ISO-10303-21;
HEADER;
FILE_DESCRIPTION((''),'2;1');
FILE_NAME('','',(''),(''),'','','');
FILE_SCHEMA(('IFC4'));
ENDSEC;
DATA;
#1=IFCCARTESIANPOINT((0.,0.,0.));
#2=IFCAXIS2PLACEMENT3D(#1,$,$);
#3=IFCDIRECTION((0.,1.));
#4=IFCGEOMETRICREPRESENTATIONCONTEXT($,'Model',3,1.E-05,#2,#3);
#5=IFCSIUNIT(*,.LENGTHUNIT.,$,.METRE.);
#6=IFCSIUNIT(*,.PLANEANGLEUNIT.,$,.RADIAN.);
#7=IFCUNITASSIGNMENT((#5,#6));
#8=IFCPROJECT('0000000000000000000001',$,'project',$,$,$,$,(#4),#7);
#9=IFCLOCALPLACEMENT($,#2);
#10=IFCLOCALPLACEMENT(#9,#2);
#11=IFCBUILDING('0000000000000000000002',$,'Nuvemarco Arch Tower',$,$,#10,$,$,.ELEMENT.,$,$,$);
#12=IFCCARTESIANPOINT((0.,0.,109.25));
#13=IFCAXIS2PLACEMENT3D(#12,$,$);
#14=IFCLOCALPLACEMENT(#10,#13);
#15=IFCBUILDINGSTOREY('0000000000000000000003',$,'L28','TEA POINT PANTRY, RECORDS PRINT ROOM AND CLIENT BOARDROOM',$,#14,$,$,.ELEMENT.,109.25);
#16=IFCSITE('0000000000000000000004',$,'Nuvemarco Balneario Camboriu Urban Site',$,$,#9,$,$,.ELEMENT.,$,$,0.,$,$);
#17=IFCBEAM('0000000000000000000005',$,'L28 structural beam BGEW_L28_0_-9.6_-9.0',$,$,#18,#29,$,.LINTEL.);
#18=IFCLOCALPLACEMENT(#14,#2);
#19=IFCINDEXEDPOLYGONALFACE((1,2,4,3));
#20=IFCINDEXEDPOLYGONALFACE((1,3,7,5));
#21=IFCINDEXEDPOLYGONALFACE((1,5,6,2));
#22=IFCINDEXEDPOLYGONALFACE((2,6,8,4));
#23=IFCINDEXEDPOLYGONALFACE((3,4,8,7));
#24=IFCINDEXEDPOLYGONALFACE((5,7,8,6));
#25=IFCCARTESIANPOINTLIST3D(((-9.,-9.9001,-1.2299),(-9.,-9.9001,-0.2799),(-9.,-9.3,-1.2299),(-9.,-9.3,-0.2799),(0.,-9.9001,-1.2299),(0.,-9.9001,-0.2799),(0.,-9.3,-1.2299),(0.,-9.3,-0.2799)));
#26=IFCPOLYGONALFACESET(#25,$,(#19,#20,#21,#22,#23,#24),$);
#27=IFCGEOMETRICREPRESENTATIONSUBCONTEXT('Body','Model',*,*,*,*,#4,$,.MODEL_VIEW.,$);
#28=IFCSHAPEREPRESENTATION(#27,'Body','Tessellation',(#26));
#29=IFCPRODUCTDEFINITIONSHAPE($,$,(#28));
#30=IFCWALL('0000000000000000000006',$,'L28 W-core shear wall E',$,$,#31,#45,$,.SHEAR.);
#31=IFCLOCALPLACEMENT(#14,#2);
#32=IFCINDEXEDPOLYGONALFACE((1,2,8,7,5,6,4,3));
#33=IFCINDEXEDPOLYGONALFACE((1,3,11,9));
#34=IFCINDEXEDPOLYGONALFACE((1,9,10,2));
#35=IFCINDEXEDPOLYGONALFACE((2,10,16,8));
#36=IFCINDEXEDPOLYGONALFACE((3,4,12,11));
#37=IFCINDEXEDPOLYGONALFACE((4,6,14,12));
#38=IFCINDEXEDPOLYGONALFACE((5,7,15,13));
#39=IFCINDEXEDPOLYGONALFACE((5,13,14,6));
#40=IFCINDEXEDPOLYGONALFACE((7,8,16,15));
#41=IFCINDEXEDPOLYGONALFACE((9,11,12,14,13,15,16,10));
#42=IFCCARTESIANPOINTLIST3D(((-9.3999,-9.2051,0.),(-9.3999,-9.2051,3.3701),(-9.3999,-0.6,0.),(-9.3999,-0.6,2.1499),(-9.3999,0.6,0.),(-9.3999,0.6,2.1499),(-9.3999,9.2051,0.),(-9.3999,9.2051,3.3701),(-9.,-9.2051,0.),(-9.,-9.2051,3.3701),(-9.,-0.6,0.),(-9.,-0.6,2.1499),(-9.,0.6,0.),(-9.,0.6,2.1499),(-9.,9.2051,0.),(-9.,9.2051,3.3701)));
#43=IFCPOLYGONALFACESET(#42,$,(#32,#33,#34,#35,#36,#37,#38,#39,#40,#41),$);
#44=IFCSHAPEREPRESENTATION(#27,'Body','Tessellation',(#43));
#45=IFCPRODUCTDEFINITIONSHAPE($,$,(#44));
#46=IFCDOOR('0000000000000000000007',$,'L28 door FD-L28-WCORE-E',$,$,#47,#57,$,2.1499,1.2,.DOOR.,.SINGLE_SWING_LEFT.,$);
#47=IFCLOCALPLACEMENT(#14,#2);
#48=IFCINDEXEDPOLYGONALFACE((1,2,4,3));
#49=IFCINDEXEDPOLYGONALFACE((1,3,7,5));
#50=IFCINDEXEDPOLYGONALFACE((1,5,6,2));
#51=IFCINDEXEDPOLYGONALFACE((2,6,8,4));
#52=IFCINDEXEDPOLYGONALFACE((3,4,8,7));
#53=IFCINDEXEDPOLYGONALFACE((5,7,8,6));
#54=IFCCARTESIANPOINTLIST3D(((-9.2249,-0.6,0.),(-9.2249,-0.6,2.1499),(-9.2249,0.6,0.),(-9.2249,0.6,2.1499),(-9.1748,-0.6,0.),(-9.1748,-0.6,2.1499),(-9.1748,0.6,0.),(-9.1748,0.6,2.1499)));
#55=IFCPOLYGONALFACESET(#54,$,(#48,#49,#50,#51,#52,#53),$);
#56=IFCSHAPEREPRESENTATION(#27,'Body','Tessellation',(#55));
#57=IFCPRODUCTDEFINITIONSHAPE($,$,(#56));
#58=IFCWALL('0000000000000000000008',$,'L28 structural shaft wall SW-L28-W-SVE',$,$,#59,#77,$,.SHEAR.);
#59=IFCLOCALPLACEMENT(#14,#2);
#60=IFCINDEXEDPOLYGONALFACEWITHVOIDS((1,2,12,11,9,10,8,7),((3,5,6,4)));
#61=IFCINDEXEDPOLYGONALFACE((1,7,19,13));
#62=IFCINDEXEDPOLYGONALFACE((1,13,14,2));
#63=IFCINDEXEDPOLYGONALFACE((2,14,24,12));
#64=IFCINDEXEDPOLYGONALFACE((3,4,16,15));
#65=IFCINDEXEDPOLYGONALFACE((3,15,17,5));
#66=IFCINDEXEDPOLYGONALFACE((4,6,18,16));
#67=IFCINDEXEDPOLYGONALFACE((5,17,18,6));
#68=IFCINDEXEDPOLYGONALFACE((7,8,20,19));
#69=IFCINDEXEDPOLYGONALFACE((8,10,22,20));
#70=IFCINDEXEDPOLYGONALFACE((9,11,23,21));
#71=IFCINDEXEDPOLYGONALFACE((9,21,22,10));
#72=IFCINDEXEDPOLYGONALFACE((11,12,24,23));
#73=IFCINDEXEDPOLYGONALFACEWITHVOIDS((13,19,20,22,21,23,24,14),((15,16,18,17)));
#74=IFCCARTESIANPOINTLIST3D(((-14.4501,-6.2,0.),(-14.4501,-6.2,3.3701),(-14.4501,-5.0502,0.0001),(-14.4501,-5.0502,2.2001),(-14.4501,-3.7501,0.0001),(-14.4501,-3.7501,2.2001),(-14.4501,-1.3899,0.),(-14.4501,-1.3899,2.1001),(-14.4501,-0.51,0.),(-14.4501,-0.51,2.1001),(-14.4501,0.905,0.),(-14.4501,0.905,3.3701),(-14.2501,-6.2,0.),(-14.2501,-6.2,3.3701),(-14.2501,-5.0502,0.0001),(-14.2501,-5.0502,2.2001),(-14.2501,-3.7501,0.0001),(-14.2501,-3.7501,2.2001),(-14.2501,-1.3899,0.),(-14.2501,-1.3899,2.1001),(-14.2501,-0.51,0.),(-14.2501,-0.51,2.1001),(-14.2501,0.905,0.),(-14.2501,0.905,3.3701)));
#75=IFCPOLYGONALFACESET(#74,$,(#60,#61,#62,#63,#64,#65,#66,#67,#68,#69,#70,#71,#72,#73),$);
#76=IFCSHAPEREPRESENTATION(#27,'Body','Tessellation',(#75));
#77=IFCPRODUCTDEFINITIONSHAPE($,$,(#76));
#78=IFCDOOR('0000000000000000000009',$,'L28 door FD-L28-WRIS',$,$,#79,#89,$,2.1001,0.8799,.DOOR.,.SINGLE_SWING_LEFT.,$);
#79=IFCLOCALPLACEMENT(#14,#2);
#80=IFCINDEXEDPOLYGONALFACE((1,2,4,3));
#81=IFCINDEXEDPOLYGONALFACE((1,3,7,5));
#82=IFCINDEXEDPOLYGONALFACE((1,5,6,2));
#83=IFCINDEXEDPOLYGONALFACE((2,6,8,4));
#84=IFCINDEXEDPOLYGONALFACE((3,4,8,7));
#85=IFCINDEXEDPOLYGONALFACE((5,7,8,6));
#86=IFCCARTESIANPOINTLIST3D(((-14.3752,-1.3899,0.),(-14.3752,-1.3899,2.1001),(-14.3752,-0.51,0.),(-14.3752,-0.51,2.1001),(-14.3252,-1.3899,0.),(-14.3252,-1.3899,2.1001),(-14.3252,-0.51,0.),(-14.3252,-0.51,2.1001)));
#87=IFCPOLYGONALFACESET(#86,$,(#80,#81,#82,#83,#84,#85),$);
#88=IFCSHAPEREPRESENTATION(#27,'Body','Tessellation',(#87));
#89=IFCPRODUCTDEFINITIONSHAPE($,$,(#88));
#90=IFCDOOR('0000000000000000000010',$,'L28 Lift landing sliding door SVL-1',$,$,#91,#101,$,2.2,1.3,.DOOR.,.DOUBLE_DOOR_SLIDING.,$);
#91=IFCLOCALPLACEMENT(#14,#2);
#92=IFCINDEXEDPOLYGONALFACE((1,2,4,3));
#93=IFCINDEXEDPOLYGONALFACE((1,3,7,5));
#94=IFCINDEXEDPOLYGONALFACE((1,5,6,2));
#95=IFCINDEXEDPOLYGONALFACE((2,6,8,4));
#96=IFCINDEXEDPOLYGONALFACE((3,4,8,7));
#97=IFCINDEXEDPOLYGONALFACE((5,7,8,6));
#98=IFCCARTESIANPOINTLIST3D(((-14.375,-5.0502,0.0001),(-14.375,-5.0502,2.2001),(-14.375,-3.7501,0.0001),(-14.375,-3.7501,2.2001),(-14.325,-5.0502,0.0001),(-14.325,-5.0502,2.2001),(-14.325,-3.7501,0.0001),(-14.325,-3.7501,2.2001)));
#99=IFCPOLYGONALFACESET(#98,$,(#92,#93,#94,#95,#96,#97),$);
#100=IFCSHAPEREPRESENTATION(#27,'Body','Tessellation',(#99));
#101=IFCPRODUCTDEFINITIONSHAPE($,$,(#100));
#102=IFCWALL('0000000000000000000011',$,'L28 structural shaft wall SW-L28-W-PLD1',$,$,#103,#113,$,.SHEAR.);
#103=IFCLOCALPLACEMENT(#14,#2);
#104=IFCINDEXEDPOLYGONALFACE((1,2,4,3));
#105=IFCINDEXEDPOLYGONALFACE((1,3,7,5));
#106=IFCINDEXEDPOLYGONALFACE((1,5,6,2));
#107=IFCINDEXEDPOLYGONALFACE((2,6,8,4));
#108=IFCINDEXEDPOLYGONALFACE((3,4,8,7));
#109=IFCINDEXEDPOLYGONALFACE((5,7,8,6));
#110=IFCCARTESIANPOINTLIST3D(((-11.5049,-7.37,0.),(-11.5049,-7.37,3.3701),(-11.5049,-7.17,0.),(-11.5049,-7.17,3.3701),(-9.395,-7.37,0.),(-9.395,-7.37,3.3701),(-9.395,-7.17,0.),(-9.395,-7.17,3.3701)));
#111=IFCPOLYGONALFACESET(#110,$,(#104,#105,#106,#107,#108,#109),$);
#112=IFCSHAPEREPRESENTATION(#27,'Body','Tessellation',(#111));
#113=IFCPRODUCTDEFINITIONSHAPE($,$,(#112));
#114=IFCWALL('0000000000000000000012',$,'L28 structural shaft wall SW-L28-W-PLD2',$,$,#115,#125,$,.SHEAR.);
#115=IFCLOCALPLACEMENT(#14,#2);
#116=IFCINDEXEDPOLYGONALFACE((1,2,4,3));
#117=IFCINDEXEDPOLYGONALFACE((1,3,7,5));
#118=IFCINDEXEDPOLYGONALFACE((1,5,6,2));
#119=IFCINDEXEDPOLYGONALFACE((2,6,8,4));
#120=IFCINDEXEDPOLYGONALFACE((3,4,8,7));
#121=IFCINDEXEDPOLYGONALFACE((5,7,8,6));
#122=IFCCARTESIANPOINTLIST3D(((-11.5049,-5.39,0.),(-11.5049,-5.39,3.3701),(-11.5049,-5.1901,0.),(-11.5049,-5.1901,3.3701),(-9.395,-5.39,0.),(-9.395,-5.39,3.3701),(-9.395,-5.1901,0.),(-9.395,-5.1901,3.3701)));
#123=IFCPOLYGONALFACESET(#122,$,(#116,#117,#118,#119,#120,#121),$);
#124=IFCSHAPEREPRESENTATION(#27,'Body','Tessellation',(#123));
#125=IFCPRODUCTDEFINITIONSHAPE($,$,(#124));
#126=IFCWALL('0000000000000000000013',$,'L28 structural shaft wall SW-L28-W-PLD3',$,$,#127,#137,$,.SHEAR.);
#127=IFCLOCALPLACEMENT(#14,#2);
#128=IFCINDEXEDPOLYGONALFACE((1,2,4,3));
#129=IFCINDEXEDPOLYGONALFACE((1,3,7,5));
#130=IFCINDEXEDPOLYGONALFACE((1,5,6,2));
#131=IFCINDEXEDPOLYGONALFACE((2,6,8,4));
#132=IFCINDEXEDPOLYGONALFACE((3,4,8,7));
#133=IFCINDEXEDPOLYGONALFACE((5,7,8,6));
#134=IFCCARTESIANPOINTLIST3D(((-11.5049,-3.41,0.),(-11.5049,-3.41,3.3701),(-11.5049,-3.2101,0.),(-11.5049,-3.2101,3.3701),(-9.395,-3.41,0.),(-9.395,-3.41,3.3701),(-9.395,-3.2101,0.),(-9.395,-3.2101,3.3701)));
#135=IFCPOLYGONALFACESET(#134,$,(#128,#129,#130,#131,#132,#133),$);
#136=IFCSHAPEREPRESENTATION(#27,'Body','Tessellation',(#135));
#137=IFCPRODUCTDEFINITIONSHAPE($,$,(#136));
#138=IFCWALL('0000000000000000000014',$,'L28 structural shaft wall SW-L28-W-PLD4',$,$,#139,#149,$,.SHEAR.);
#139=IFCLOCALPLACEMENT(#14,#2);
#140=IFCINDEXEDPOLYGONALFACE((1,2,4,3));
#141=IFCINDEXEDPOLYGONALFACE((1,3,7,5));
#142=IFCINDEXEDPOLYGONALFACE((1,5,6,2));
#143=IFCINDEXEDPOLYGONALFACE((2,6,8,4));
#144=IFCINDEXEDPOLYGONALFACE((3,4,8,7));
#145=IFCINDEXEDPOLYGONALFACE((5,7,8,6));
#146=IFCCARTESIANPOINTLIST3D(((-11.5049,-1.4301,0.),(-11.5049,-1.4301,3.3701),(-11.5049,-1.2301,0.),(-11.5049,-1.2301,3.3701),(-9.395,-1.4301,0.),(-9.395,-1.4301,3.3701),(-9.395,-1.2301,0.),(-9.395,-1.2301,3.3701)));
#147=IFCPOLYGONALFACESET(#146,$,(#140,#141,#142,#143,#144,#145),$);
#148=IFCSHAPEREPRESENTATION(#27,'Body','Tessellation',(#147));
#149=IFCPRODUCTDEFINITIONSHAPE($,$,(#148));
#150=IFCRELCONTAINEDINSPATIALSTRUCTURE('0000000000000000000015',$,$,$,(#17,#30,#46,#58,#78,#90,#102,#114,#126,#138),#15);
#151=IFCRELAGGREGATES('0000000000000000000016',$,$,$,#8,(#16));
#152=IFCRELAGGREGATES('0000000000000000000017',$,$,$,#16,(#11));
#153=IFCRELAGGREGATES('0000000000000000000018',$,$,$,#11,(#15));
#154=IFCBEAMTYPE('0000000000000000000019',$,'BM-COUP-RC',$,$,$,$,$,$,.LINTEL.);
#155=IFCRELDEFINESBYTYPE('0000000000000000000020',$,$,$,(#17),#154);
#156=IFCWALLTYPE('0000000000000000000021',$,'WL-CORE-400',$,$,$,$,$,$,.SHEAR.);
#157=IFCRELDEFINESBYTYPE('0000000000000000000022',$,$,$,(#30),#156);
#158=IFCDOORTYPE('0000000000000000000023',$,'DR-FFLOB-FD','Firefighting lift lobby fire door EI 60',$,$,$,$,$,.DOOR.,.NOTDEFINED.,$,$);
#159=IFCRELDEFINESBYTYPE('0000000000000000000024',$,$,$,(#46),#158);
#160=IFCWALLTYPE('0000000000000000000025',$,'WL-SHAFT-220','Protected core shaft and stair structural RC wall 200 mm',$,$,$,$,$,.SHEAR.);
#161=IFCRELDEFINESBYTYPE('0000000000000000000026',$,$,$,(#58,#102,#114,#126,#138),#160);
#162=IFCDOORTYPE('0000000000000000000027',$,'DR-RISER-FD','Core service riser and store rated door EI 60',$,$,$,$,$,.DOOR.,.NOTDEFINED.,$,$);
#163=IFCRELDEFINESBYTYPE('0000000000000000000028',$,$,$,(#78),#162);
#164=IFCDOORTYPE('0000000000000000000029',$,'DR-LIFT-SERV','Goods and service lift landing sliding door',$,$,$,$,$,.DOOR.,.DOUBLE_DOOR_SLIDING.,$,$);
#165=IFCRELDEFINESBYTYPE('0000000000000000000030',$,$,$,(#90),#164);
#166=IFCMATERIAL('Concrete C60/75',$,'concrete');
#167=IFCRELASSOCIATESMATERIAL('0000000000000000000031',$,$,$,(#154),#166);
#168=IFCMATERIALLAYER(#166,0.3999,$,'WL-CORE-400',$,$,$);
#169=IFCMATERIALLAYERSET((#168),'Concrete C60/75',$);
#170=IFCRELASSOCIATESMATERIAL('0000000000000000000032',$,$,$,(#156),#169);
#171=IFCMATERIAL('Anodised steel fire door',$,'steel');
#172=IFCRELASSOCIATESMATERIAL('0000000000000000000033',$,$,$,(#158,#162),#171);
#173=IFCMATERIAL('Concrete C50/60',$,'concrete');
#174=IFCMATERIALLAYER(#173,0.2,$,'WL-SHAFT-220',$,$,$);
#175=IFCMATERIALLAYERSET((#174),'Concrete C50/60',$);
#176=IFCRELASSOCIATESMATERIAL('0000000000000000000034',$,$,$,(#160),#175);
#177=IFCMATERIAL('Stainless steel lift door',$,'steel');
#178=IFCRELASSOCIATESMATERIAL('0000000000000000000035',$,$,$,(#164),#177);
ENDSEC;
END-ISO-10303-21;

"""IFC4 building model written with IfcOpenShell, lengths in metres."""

from ifc_helpers import new_model, si_unit, direction, frame, frame_2d, origin, origin_2d, place, context, subcontext, project, spatial, rectangle, extrude, source, transform, mapped, material, layer, layer_set, material_profile, profile_set, type_object, type_shapes, element, fill, save


model = new_model("IFC4")

# Units and contexts
model_context = context("Model", 3, precision=1e-05, world=origin(), true_north=direction((0.0, 1.0)))
body_context = subcontext(model_context, "Body", "Model", "MODEL_VIEW")
ifc_project = project(units=[si_unit("LENGTHUNIT", "METRE"), si_unit("PLANEANGLEUNIT", "RADIAN")], contexts=[model_context])

# Site, building, storey
site_placement = place(None, origin())
site = spatial("IfcSite", under=ifc_project, at=site_placement, Name="Nuvemarco Balneario Camboriu Urban Site", CompositionType="ELEMENT", RefElevation=0.0)
building_placement = place(site_placement, origin())
building = spatial("IfcBuilding", under=site, at=building_placement, Name="Nuvemarco Arch Tower", CompositionType="ELEMENT")
storey_placement = place(building_placement, frame((0.0, 0.0, 109.25)))
storey = spatial("IfcBuildingStorey", under=building, at=storey_placement, Name="L28", Description="TEA POINT PANTRY, RECORDS PRINT ROOM AND CLIENT BOARDROOM", CompositionType="ELEMENT", Elevation=109.25)

# Beam
ifc_material_1 = material(Name="Concrete C60/75", Category="concrete")
ifc_material_profile = material_profile(ifc_material_1, rectangle(XDim=0.6001, YDim=0.95, at=origin_2d()), Name="RC-BM-600x950")
ifc_profile_set = profile_set([ifc_material_profile], Name="Concrete C60/75")
beam_type = type_object("IfcBeamType", Name="BM-COUP-RC", PredefinedType="LINTEL", material=ifc_profile_set)
beam_placement = place(storey_placement, frame((-9.0, -9.6001, -0.7549), z_axis=(1.0, 0.0, 0.0), x_axis=(0.0, 1.0, 0.0)))
element("IfcBeam", 1, at=beam_placement, inside=storey, type_object=beam_type, Name="L28 structural beam BGEW_L28_0_-9.6_-9.0", PredefinedType="LINTEL", context=body_context, shape_type="SweptSolid", body=[
    extrude(rectangle(XDim=0.6001, YDim=0.95, at=origin_2d()), origin(), (0.0, 0.0, 1.0), 9.0),
])

# Wall, opening, door
ifc_layer_1 = layer(ifc_material_1, 0.3999, Name="WL-CORE-400")
ifc_layer_set_1 = layer_set([ifc_layer_1], Name="Concrete C60/75")
wall_type_1 = type_object("IfcWallType", Name="WL-CORE-400", PredefinedType="SHEAR", material=ifc_layer_set_1)
wall_1_placement = place(storey_placement, frame((-9.2, -9.2051, 0.0), z_axis=(0.0, 0.0, 1.0), x_axis=(0.0, 1.0, 0.0)))
wall_1 = element("IfcWall", 2, at=wall_1_placement, inside=storey, type_object=wall_type_1, Name="L28 W-core shear wall E", PredefinedType="SHEAR", context=body_context, shape_type="SweptSolid", body=[
    extrude(rectangle(XDim=18.4102, YDim=0.3999, at=frame_2d((9.2051, 0.0))), origin(), (0.0, 0.0, 1.0), 3.3701),
])
opening_1_placement = place(wall_1_placement, frame((8.605, 0.0, 0.0)))
opening_1 = element("IfcOpeningElement", 3, at=opening_1_placement, cuts=wall_1, PredefinedType="OPENING", context=body_context, shape_type="SweptSolid", body=[
    extrude(rectangle(XDim=1.2, YDim=2.1499, at=frame_2d((0.6001, 1.075))), frame((0.0, 0.21, 0.0), z_axis=(0.0, -1.0, 0.0), x_axis=(1.0, 0.0, 0.0)), (0.0, 0.0, 1.0), 0.4199),
])
ifc_material_2 = material(Name="Anodised steel fire door", Category="steel")
door_type_1 = type_object("IfcDoorType", Name="DR-FFLOB-FD", Description="Firefighting lift lobby fire door EI 60", OperationType="NOTDEFINED", PredefinedType="DOOR", material=ifc_material_2)
shared_shape_1 = source(origin(), body_context, "Body", "SweptSolid", [
    extrude(rectangle(XDim=1.2, YDim=2.1499, at=frame_2d((0.6001, 1.075))), frame((0.0, 0.0249, 0.0), z_axis=(0.0, -1.0, 0.0), x_axis=(1.0, 0.0, 0.0)), (0.0, 0.0, 1.0), 0.05),
])
type_shapes(door_type_1, [shared_shape_1])
door_1_placement = place(opening_1_placement, origin())
door_1 = element("IfcDoor", 4, at=door_1_placement, inside=storey, type_object=door_type_1, Name="L28 door FD-L28-WCORE-E", OperationType="SINGLE_SWING_LEFT", OverallHeight=2.1499, OverallWidth=1.2, PredefinedType="DOOR", context=body_context, shape_type="MappedRepresentation", body=[
    mapped(shared_shape_1, transform((0.0, 0.0, 0.0), scale=1.0)),
])
fill(opening_1, door_1)

# Wall, openings, doors
ifc_material_3 = material(Name="Concrete C50/60", Category="concrete")
ifc_layer_2 = layer(ifc_material_3, 0.2, Name="WL-SHAFT-220")
ifc_layer_set_2 = layer_set([ifc_layer_2], Name="Concrete C50/60")
wall_type_2 = type_object("IfcWallType", Name="WL-SHAFT-220", Description="Protected core shaft and stair structural RC wall 200 mm", PredefinedType="SHEAR", material=ifc_layer_set_2)
wall_2_placement = place(storey_placement, frame((-14.3501, -6.2, 0.0), z_axis=(0.0, 0.0, 1.0), x_axis=(0.0, 1.0, 0.0)))
wall_2 = element("IfcWall", 5, at=wall_2_placement, inside=storey, type_object=wall_type_2, Name="L28 structural shaft wall SW-L28-W-SVE", PredefinedType="SHEAR", context=body_context, shape_type="SweptSolid", body=[
    extrude(rectangle(XDim=7.105, YDim=0.2, at=frame_2d((3.5525, 0.0))), origin(), (0.0, 0.0, 1.0), 3.3701),
])
opening_2_placement = place(wall_2_placement, frame((5.6899, 0.0, 0.0), z_axis=(0.0, 0.0, 1.0), x_axis=(-1.0, 0.0, 0.0)))
opening_2 = element("IfcOpeningElement", 6, at=opening_2_placement, cuts=wall_2, PredefinedType="OPENING", context=body_context, shape_type="SweptSolid", body=[
    extrude(rectangle(XDim=0.8799, YDim=2.1001, at=frame_2d((0.4399, 1.05))), frame((0.0, 0.1099, 0.0), z_axis=(0.0, -1.0, 0.0), x_axis=(1.0, 0.0, 0.0)), (0.0, 0.0, 1.0), 0.22),
])
opening_3_placement = place(wall_2_placement, frame((1.1499, 0.0, 0.0)))
opening_3 = element("IfcOpeningElement", 7, at=opening_3_placement, cuts=wall_2, PredefinedType="OPENING", context=body_context, shape_type="SweptSolid", body=[
    extrude(rectangle(XDim=1.3, YDim=2.2, at=frame_2d((0.6499, 1.1001))), frame((0.0, 0.1099, 0.0), z_axis=(0.0, -1.0, 0.0), x_axis=(1.0, 0.0, 0.0)), (0.0, 0.0, 1.0), 0.22),
])
door_type_2 = type_object("IfcDoorType", Name="DR-RISER-FD", Description="Core service riser and store rated door EI 60", OperationType="NOTDEFINED", PredefinedType="DOOR", material=ifc_material_2)
shared_shape_2 = source(origin(), body_context, "Body", "SweptSolid", [
    extrude(rectangle(XDim=0.8799, YDim=2.1001, at=frame_2d((0.4399, 1.05))), frame((0.0, 0.0249, 0.0), z_axis=(0.0, -1.0, 0.0), x_axis=(1.0, 0.0, 0.0)), (0.0, 0.0, 1.0), 0.05),
])
type_shapes(door_type_2, [shared_shape_2])
door_2_placement = place(opening_2_placement, origin())
door_2 = element("IfcDoor", 8, at=door_2_placement, inside=storey, type_object=door_type_2, Name="L28 door FD-L28-WRIS", OperationType="SINGLE_SWING_LEFT", OverallHeight=2.1001, OverallWidth=0.8799, PredefinedType="DOOR", context=body_context, shape_type="MappedRepresentation", body=[
    mapped(shared_shape_2, transform((0.0, 0.0, 0.0), scale=1.0)),
])
fill(opening_2, door_2)
ifc_material_4 = material(Name="Stainless steel lift door", Category="steel")
door_type_3 = type_object("IfcDoorType", Name="DR-LIFT-SERV", Description="Goods and service lift landing sliding door", OperationType="DOUBLE_DOOR_SLIDING", PredefinedType="DOOR", material=ifc_material_4)
shared_shape_3 = source(origin(), body_context, "Body", "SweptSolid", [
    extrude(rectangle(XDim=1.3, YDim=2.2, at=frame_2d((0.6499, 1.1001))), frame((0.0, 0.0249, 0.0), z_axis=(0.0, -1.0, 0.0), x_axis=(1.0, 0.0, 0.0)), (0.0, 0.0, 1.0), 0.05),
])
type_shapes(door_type_3, [shared_shape_3])
door_3_placement = place(opening_3_placement, origin())
door_3 = element("IfcDoor", 9, at=door_3_placement, inside=storey, type_object=door_type_3, Name="L28 Lift landing sliding door SVL-1", OperationType="DOUBLE_DOOR_SLIDING", OverallHeight=2.2, OverallWidth=1.3, PredefinedType="DOOR", context=body_context, shape_type="MappedRepresentation", body=[
    mapped(shared_shape_3, transform((0.0, 0.0, 0.0), scale=1.0)),
])
fill(opening_3, door_3)

# Walls
for number, where, z_axis, x_axis, name in (
    (10, (-11.5049, -7.27, 0.0), (0.0, 0.0, 1.0), (1.0, 0.0, 0.0), "L28 structural shaft wall SW-L28-W-PLD1"),
    (11, (-11.5049, -5.29, 0.0), (0.0, 0.0, 1.0), (1.0, 0.0, 0.0), "L28 structural shaft wall SW-L28-W-PLD2"),
    (12, (-11.5049, -3.3101, 0.0), (0.0, 0.0, 1.0), (1.0, 0.0, 0.0), "L28 structural shaft wall SW-L28-W-PLD3"),
    (13, (-11.5049, -1.3301, 0.0), (0.0, 0.0, 1.0), (1.0, 0.0, 0.0), "L28 structural shaft wall SW-L28-W-PLD4"),
):
    element("IfcWall", number, at=place(storey_placement, frame(where, z_axis=z_axis, x_axis=x_axis)), inside=storey, type_object=wall_type_2, Name=name, PredefinedType="SHEAR", context=body_context, shape_type="SweptSolid", body=[
        extrude(rectangle(XDim=2.1099, YDim=0.2, at=frame_2d((1.0549, 0.0))), origin(), (0.0, 0.0, 1.0), 3.3701),
    ])

save(model, "model.ifc")
